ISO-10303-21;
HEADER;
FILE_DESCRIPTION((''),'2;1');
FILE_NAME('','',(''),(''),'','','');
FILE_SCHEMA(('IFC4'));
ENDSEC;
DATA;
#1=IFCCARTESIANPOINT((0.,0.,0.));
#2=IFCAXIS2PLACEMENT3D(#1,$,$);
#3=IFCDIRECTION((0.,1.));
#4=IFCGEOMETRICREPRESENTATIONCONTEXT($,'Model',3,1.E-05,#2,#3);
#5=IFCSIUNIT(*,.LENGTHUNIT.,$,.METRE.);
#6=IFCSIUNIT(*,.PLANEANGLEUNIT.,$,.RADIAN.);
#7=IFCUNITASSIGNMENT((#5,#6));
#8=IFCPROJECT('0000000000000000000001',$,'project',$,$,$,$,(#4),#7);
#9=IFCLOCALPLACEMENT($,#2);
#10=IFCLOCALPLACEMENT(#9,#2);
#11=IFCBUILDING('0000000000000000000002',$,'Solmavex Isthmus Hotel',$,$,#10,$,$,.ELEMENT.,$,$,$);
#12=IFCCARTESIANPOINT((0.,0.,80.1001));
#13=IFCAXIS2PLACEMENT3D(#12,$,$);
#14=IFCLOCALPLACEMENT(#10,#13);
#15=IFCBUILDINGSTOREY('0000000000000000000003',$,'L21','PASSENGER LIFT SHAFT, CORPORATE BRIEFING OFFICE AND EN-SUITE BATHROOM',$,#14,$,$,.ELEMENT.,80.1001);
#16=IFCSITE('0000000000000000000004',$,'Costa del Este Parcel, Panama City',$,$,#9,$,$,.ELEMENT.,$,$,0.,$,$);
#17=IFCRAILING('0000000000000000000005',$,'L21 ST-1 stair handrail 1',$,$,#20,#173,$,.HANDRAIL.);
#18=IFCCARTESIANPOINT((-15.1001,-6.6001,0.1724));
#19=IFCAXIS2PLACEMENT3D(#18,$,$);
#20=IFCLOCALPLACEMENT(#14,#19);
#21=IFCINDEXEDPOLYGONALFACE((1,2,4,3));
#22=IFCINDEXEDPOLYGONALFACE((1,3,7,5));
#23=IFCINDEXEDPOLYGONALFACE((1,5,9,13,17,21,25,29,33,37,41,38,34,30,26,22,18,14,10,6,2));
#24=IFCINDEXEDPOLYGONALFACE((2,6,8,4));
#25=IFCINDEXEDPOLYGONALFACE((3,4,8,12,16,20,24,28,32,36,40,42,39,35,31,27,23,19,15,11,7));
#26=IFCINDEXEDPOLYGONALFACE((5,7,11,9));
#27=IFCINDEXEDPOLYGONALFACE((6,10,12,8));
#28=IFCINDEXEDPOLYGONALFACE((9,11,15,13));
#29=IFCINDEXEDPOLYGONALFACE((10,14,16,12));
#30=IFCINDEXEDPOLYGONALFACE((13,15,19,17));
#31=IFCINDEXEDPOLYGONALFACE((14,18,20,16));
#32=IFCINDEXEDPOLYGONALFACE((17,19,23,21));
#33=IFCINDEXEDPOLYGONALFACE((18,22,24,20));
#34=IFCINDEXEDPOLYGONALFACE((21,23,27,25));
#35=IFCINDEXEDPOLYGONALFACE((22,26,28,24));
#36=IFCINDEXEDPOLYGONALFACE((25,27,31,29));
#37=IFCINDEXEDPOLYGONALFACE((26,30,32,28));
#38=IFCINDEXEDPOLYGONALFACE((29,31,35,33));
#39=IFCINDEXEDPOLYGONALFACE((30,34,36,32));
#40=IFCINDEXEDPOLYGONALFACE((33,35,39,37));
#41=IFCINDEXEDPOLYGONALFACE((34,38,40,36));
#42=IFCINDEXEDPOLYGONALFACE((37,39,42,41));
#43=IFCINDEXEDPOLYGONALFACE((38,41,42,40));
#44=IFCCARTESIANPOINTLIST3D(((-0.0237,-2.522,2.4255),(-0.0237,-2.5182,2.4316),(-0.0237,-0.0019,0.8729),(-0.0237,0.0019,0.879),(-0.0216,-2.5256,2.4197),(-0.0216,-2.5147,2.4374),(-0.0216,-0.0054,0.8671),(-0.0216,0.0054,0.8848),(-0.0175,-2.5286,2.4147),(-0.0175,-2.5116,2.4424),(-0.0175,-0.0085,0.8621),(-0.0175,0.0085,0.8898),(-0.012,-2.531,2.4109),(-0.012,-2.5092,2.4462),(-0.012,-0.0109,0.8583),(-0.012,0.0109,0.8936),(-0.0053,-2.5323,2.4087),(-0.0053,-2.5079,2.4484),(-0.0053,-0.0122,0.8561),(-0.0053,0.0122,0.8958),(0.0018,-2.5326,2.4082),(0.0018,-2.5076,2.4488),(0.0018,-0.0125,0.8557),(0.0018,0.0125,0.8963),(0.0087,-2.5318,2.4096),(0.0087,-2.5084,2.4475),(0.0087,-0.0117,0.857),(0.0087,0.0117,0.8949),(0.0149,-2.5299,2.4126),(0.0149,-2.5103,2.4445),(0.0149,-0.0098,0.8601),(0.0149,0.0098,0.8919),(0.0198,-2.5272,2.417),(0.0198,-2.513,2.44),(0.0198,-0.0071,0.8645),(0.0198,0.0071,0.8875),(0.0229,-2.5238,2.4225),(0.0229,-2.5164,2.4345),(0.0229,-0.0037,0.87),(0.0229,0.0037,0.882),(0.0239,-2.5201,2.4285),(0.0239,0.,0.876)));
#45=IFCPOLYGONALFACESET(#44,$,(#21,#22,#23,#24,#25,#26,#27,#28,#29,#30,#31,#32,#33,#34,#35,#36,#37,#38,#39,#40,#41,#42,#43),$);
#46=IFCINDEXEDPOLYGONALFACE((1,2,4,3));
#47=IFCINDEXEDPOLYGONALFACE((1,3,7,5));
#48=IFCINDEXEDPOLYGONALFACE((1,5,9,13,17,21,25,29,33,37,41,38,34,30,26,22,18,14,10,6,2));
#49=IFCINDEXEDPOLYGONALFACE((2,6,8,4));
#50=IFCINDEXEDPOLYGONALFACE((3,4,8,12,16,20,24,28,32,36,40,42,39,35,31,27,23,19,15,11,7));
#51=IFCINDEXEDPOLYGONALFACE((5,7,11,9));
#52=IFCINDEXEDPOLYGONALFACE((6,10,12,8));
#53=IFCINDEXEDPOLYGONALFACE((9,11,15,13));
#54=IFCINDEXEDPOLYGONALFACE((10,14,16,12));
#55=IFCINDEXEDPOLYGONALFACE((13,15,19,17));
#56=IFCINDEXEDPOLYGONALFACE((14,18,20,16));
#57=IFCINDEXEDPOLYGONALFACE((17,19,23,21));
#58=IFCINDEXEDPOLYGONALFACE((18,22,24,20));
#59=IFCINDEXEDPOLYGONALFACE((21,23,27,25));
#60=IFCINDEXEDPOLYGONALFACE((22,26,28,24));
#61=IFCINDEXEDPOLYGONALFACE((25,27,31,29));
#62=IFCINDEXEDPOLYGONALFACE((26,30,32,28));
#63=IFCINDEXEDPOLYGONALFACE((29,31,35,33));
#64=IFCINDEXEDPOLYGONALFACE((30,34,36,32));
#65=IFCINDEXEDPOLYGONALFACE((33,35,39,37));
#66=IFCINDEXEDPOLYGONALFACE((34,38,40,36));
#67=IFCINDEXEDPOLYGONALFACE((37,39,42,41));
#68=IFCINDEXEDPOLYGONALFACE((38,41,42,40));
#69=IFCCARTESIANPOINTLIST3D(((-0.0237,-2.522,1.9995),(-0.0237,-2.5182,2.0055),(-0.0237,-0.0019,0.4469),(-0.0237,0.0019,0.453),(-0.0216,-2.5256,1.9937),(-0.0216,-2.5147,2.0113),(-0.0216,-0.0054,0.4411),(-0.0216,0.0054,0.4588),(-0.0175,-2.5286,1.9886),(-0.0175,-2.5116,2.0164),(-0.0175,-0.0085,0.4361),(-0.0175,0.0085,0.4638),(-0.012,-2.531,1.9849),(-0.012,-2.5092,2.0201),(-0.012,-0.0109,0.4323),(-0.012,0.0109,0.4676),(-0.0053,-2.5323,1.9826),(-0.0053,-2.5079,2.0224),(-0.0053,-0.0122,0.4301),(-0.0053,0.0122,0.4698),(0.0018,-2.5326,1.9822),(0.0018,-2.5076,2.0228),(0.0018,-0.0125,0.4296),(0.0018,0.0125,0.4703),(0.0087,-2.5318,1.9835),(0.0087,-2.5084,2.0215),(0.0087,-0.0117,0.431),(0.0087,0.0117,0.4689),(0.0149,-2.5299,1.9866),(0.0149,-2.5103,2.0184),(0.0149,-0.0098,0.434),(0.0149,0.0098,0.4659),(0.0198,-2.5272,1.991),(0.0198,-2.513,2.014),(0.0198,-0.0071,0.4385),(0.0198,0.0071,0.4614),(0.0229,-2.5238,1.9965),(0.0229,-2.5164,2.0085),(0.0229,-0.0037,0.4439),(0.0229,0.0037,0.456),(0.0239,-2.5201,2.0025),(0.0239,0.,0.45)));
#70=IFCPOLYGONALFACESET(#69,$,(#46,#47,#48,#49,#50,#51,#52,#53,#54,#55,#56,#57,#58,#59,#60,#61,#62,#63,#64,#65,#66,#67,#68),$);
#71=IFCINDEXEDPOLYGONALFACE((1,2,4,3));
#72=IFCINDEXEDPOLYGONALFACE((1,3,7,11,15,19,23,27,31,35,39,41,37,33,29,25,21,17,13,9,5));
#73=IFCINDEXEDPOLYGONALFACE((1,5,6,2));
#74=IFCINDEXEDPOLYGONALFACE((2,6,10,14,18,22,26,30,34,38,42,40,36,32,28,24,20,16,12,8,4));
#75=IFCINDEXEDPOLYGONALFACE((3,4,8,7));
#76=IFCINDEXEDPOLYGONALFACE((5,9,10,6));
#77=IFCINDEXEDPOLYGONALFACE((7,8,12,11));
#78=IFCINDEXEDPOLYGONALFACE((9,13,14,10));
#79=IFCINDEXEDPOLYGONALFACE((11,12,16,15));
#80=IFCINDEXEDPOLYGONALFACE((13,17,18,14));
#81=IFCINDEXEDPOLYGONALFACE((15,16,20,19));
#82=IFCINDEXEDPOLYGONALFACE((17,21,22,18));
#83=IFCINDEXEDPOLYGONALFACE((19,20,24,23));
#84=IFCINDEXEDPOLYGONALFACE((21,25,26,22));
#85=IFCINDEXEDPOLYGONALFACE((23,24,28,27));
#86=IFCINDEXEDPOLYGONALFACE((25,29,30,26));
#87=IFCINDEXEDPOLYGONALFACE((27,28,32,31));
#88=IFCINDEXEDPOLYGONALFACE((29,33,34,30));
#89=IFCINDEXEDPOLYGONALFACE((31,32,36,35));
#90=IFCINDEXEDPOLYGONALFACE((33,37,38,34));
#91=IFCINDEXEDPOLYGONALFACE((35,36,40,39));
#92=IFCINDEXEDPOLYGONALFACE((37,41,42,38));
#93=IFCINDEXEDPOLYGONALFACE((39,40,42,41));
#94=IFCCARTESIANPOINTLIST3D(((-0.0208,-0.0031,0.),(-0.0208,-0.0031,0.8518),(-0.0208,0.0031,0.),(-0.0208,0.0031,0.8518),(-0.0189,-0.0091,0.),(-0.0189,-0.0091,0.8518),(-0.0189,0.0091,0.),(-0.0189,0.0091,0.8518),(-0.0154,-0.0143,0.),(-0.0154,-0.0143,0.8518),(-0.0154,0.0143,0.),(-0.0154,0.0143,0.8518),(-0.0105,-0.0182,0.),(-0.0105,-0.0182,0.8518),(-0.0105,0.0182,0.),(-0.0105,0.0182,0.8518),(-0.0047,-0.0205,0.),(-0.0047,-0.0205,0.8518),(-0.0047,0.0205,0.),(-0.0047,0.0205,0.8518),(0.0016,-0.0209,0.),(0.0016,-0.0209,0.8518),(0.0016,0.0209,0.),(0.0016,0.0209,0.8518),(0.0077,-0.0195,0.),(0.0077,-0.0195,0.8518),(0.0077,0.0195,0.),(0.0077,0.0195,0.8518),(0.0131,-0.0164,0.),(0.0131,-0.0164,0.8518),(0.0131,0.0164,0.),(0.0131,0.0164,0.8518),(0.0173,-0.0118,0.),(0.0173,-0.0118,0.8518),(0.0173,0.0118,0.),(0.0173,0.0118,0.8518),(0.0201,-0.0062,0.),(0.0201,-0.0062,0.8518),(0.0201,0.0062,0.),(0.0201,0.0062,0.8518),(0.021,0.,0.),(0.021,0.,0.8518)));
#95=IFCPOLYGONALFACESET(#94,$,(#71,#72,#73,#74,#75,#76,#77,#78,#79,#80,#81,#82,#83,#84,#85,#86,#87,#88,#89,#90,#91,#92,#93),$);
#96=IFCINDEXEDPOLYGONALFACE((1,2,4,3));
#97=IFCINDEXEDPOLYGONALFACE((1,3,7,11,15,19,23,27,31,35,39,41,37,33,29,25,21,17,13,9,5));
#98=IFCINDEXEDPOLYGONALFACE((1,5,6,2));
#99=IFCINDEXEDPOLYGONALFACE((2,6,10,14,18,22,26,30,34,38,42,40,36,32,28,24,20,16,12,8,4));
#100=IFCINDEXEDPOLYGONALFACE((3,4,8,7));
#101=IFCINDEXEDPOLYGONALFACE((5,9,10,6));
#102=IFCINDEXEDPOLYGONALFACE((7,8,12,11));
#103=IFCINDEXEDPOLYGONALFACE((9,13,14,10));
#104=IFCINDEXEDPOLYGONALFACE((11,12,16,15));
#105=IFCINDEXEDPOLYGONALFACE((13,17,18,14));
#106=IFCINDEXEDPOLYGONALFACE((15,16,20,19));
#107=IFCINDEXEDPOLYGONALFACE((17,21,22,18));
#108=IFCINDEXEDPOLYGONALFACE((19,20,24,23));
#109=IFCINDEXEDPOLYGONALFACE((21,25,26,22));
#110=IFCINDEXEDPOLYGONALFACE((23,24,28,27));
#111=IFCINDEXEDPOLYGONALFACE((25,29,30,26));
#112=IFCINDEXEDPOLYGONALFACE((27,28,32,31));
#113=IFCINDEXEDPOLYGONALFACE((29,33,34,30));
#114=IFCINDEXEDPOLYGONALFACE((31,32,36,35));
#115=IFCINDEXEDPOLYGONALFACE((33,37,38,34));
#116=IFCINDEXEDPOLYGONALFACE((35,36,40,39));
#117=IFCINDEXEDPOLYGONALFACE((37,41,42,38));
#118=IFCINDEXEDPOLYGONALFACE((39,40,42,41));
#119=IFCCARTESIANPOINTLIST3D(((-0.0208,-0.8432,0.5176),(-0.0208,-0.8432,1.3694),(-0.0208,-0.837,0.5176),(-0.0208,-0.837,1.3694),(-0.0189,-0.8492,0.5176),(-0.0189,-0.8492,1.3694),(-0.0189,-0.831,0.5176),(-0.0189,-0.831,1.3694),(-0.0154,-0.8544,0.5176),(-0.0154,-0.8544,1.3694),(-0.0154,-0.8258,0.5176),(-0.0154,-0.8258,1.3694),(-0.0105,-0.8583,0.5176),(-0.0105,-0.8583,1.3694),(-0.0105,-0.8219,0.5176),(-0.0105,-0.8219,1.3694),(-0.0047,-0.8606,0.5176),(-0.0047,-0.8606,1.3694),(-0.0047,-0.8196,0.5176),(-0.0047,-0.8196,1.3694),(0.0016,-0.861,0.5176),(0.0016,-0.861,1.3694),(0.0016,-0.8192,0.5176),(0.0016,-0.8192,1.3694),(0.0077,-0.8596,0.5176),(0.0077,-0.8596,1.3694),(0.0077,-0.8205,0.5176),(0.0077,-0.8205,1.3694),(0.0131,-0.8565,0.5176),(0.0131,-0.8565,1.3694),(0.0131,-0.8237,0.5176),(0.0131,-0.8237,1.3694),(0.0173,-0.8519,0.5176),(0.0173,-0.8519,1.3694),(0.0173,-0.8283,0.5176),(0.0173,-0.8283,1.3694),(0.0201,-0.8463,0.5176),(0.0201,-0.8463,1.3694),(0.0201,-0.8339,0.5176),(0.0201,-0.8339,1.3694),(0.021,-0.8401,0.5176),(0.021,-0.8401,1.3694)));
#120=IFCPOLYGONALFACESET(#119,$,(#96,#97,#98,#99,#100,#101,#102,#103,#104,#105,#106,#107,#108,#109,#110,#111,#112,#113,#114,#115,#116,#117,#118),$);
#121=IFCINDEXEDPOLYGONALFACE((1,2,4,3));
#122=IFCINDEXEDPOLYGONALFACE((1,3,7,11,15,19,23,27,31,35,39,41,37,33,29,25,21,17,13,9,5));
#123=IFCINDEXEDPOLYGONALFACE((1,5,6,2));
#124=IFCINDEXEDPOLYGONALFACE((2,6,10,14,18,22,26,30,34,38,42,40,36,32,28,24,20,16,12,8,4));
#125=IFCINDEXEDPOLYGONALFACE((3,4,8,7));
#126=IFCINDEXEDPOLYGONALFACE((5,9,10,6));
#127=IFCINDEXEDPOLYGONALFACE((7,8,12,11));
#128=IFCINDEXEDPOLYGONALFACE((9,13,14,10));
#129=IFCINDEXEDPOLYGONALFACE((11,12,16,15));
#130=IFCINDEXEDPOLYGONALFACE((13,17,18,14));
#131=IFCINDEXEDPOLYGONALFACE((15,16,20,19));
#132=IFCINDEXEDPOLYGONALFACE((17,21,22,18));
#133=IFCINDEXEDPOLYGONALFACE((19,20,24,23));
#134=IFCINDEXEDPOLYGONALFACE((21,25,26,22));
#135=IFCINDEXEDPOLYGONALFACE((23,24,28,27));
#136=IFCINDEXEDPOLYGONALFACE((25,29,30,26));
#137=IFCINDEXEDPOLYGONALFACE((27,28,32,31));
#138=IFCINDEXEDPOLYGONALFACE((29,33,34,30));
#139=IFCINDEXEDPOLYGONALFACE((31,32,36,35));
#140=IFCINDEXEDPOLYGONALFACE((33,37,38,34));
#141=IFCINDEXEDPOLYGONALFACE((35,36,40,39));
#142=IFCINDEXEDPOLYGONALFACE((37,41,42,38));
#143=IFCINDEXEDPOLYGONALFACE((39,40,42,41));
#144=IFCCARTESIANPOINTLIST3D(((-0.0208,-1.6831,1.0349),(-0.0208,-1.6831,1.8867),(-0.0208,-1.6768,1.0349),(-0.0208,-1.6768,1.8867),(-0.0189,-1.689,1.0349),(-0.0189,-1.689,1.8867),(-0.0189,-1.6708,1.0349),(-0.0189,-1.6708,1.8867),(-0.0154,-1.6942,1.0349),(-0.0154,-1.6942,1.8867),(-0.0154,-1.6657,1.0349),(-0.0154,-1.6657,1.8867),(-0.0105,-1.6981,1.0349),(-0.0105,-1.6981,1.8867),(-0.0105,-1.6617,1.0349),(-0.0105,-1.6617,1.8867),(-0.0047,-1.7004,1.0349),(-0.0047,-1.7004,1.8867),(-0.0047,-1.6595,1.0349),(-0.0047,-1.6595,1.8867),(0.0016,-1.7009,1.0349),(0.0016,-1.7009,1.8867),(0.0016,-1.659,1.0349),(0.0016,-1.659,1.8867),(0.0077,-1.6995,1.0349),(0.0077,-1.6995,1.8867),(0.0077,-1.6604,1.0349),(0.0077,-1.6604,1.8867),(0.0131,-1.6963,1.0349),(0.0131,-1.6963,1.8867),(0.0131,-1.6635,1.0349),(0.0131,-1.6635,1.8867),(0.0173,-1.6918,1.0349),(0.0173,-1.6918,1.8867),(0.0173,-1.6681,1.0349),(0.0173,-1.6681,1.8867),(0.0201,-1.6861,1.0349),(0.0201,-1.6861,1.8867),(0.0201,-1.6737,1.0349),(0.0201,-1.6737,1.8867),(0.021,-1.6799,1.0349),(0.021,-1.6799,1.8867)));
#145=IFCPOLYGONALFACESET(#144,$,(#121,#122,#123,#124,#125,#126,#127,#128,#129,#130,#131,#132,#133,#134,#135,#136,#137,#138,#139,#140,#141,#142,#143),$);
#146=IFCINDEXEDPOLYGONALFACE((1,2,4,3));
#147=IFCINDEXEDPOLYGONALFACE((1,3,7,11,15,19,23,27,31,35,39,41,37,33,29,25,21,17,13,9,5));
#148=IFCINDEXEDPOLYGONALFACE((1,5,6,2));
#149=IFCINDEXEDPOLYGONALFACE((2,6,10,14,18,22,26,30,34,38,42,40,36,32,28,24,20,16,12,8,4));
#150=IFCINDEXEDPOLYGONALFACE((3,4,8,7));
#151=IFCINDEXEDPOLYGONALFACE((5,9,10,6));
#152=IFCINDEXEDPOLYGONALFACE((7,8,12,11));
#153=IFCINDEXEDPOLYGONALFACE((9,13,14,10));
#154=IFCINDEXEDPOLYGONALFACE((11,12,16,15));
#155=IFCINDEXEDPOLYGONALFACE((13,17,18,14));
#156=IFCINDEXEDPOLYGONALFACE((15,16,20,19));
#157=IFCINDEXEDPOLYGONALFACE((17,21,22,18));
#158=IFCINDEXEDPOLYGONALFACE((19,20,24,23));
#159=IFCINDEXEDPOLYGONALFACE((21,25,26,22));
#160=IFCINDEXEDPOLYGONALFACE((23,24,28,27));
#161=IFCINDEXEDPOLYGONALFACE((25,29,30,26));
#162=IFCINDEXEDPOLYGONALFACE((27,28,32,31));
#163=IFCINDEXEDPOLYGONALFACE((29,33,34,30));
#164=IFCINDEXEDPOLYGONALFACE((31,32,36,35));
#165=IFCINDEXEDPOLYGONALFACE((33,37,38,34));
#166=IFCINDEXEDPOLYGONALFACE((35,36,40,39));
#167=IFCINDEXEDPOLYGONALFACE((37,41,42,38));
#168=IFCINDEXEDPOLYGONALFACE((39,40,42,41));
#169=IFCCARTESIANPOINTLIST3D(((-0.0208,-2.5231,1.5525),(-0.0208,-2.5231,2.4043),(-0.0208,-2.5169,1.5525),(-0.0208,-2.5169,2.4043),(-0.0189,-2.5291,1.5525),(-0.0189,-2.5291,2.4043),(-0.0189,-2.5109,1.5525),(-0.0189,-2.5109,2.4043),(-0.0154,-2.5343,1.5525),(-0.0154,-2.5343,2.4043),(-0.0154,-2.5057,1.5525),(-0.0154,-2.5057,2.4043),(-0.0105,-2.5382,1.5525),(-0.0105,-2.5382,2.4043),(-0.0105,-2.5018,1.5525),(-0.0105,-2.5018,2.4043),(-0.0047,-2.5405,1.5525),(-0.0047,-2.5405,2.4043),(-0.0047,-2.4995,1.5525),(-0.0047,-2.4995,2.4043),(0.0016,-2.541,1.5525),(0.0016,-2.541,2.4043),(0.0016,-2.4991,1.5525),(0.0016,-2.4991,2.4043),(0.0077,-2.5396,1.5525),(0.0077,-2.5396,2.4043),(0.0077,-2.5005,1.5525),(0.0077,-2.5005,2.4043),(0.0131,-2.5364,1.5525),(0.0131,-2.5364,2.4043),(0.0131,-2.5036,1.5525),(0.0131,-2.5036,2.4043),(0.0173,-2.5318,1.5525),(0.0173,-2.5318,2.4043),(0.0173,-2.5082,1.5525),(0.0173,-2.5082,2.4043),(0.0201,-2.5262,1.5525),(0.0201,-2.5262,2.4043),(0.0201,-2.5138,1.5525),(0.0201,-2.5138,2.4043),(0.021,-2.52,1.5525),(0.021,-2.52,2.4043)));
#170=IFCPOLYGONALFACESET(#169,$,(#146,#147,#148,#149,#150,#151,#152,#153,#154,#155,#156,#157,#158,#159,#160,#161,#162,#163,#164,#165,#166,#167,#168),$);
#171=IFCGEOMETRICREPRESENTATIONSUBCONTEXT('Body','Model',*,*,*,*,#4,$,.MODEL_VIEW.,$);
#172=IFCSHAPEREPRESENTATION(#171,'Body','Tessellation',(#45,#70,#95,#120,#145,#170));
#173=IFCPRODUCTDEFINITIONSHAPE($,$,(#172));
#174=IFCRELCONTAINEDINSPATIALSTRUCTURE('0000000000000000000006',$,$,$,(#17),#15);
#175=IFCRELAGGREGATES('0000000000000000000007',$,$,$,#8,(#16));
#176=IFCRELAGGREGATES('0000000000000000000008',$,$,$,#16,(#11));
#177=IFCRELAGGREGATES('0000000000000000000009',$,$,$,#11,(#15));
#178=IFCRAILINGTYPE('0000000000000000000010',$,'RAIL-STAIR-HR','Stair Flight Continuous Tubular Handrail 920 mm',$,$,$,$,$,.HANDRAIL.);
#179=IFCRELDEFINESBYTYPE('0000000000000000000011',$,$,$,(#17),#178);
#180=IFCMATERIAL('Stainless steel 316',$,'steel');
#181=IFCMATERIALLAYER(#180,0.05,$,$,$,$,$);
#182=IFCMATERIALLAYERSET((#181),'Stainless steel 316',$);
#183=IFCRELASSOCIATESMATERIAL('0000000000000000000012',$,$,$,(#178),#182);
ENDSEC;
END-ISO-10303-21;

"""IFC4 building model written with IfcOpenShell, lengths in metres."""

from ifc_helpers import new_model, si_unit, direction, frame, origin, origin_2d, place, context, subcontext, project, spatial, circle, extrude, material, layer, layer_set, type_object, element, save


model = new_model("IFC4")

# Units and contexts
model_context = context("Model", 3, precision=1e-05, world=origin(), true_north=direction((0.0, 1.0)))
body_context = subcontext(model_context, "Body", "Model", "MODEL_VIEW")
ifc_project = project(units=[si_unit("LENGTHUNIT", "METRE"), si_unit("PLANEANGLEUNIT", "RADIAN")], contexts=[model_context])

# Site, building, storey
site_placement = place(None, origin())
site = spatial("IfcSite", under=ifc_project, at=site_placement, Name="Costa del Este Parcel, Panama City", CompositionType="ELEMENT", RefElevation=0.0)
building_placement = place(site_placement, origin())
building = spatial("IfcBuilding", under=site, at=building_placement, Name="Solmavex Isthmus Hotel", CompositionType="ELEMENT")
storey_placement = place(building_placement, frame((0.0, 0.0, 80.1001)))
storey = spatial("IfcBuildingStorey", under=building, at=storey_placement, Name="L21", Description="PASSENGER LIFT SHAFT, CORPORATE BRIEFING OFFICE AND EN-SUITE BATHROOM", CompositionType="ELEMENT", Elevation=80.1001)

# Railing
ifc_material_1 = material(Name="Stainless steel 316", Category="steel")
ifc_layer_1 = layer(ifc_material_1, 0.05)
ifc_layer_set_1 = layer_set([ifc_layer_1], Name="Stainless steel 316")
railing_type_1 = type_object("IfcRailingType", Name="RAIL-STAIR-HR", Description="Stair Flight Continuous Tubular Handrail 920 mm", PredefinedType="HANDRAIL", material=ifc_layer_set_1)
railing_1_placement = place(storey_placement, frame((-15.1001, -6.6001, 0.1724)))
element("IfcRailing", 1, at=railing_1_placement, inside=storey, type_object=railing_type_1, Name="L21 ST-1 stair handrail 1", PredefinedType="HANDRAIL", context=body_context, shape_type="SweptSolid", body=[
    extrude(circle(Radius=0.0239, at=origin_2d()), frame((0.0, 0.0, 0.876), z_axis=(0.0, -0.8514, 0.524516), x_axis=(1.0, 0.0, 0.0)), (0.0, 0.0, 1.0), 2.96),
    extrude(circle(Radius=0.0239, at=origin_2d()), frame((0.0, 0.0, 0.45), z_axis=(0.0, -0.8514, 0.524516), x_axis=(1.0, 0.0, 0.0)), (0.0, 0.0, 1.0), 2.96),
    extrude(circle(Radius=0.021, at=origin_2d()), origin(), (0.0, 0.0, 1.0), 0.8518),
    extrude(circle(Radius=0.021, at=origin_2d()), frame((0.0, -0.8401, 0.5176)), (0.0, 0.0, 1.0), 0.8518),
    extrude(circle(Radius=0.021, at=origin_2d()), frame((0.0, -1.6799, 1.0349)), (0.0, 0.0, 1.0), 0.8518),
    extrude(circle(Radius=0.021, at=origin_2d()), frame((0.0, -2.52, 1.5525)), (0.0, 0.0, 1.0), 0.8518),
])

save(model, "model.ifc")
